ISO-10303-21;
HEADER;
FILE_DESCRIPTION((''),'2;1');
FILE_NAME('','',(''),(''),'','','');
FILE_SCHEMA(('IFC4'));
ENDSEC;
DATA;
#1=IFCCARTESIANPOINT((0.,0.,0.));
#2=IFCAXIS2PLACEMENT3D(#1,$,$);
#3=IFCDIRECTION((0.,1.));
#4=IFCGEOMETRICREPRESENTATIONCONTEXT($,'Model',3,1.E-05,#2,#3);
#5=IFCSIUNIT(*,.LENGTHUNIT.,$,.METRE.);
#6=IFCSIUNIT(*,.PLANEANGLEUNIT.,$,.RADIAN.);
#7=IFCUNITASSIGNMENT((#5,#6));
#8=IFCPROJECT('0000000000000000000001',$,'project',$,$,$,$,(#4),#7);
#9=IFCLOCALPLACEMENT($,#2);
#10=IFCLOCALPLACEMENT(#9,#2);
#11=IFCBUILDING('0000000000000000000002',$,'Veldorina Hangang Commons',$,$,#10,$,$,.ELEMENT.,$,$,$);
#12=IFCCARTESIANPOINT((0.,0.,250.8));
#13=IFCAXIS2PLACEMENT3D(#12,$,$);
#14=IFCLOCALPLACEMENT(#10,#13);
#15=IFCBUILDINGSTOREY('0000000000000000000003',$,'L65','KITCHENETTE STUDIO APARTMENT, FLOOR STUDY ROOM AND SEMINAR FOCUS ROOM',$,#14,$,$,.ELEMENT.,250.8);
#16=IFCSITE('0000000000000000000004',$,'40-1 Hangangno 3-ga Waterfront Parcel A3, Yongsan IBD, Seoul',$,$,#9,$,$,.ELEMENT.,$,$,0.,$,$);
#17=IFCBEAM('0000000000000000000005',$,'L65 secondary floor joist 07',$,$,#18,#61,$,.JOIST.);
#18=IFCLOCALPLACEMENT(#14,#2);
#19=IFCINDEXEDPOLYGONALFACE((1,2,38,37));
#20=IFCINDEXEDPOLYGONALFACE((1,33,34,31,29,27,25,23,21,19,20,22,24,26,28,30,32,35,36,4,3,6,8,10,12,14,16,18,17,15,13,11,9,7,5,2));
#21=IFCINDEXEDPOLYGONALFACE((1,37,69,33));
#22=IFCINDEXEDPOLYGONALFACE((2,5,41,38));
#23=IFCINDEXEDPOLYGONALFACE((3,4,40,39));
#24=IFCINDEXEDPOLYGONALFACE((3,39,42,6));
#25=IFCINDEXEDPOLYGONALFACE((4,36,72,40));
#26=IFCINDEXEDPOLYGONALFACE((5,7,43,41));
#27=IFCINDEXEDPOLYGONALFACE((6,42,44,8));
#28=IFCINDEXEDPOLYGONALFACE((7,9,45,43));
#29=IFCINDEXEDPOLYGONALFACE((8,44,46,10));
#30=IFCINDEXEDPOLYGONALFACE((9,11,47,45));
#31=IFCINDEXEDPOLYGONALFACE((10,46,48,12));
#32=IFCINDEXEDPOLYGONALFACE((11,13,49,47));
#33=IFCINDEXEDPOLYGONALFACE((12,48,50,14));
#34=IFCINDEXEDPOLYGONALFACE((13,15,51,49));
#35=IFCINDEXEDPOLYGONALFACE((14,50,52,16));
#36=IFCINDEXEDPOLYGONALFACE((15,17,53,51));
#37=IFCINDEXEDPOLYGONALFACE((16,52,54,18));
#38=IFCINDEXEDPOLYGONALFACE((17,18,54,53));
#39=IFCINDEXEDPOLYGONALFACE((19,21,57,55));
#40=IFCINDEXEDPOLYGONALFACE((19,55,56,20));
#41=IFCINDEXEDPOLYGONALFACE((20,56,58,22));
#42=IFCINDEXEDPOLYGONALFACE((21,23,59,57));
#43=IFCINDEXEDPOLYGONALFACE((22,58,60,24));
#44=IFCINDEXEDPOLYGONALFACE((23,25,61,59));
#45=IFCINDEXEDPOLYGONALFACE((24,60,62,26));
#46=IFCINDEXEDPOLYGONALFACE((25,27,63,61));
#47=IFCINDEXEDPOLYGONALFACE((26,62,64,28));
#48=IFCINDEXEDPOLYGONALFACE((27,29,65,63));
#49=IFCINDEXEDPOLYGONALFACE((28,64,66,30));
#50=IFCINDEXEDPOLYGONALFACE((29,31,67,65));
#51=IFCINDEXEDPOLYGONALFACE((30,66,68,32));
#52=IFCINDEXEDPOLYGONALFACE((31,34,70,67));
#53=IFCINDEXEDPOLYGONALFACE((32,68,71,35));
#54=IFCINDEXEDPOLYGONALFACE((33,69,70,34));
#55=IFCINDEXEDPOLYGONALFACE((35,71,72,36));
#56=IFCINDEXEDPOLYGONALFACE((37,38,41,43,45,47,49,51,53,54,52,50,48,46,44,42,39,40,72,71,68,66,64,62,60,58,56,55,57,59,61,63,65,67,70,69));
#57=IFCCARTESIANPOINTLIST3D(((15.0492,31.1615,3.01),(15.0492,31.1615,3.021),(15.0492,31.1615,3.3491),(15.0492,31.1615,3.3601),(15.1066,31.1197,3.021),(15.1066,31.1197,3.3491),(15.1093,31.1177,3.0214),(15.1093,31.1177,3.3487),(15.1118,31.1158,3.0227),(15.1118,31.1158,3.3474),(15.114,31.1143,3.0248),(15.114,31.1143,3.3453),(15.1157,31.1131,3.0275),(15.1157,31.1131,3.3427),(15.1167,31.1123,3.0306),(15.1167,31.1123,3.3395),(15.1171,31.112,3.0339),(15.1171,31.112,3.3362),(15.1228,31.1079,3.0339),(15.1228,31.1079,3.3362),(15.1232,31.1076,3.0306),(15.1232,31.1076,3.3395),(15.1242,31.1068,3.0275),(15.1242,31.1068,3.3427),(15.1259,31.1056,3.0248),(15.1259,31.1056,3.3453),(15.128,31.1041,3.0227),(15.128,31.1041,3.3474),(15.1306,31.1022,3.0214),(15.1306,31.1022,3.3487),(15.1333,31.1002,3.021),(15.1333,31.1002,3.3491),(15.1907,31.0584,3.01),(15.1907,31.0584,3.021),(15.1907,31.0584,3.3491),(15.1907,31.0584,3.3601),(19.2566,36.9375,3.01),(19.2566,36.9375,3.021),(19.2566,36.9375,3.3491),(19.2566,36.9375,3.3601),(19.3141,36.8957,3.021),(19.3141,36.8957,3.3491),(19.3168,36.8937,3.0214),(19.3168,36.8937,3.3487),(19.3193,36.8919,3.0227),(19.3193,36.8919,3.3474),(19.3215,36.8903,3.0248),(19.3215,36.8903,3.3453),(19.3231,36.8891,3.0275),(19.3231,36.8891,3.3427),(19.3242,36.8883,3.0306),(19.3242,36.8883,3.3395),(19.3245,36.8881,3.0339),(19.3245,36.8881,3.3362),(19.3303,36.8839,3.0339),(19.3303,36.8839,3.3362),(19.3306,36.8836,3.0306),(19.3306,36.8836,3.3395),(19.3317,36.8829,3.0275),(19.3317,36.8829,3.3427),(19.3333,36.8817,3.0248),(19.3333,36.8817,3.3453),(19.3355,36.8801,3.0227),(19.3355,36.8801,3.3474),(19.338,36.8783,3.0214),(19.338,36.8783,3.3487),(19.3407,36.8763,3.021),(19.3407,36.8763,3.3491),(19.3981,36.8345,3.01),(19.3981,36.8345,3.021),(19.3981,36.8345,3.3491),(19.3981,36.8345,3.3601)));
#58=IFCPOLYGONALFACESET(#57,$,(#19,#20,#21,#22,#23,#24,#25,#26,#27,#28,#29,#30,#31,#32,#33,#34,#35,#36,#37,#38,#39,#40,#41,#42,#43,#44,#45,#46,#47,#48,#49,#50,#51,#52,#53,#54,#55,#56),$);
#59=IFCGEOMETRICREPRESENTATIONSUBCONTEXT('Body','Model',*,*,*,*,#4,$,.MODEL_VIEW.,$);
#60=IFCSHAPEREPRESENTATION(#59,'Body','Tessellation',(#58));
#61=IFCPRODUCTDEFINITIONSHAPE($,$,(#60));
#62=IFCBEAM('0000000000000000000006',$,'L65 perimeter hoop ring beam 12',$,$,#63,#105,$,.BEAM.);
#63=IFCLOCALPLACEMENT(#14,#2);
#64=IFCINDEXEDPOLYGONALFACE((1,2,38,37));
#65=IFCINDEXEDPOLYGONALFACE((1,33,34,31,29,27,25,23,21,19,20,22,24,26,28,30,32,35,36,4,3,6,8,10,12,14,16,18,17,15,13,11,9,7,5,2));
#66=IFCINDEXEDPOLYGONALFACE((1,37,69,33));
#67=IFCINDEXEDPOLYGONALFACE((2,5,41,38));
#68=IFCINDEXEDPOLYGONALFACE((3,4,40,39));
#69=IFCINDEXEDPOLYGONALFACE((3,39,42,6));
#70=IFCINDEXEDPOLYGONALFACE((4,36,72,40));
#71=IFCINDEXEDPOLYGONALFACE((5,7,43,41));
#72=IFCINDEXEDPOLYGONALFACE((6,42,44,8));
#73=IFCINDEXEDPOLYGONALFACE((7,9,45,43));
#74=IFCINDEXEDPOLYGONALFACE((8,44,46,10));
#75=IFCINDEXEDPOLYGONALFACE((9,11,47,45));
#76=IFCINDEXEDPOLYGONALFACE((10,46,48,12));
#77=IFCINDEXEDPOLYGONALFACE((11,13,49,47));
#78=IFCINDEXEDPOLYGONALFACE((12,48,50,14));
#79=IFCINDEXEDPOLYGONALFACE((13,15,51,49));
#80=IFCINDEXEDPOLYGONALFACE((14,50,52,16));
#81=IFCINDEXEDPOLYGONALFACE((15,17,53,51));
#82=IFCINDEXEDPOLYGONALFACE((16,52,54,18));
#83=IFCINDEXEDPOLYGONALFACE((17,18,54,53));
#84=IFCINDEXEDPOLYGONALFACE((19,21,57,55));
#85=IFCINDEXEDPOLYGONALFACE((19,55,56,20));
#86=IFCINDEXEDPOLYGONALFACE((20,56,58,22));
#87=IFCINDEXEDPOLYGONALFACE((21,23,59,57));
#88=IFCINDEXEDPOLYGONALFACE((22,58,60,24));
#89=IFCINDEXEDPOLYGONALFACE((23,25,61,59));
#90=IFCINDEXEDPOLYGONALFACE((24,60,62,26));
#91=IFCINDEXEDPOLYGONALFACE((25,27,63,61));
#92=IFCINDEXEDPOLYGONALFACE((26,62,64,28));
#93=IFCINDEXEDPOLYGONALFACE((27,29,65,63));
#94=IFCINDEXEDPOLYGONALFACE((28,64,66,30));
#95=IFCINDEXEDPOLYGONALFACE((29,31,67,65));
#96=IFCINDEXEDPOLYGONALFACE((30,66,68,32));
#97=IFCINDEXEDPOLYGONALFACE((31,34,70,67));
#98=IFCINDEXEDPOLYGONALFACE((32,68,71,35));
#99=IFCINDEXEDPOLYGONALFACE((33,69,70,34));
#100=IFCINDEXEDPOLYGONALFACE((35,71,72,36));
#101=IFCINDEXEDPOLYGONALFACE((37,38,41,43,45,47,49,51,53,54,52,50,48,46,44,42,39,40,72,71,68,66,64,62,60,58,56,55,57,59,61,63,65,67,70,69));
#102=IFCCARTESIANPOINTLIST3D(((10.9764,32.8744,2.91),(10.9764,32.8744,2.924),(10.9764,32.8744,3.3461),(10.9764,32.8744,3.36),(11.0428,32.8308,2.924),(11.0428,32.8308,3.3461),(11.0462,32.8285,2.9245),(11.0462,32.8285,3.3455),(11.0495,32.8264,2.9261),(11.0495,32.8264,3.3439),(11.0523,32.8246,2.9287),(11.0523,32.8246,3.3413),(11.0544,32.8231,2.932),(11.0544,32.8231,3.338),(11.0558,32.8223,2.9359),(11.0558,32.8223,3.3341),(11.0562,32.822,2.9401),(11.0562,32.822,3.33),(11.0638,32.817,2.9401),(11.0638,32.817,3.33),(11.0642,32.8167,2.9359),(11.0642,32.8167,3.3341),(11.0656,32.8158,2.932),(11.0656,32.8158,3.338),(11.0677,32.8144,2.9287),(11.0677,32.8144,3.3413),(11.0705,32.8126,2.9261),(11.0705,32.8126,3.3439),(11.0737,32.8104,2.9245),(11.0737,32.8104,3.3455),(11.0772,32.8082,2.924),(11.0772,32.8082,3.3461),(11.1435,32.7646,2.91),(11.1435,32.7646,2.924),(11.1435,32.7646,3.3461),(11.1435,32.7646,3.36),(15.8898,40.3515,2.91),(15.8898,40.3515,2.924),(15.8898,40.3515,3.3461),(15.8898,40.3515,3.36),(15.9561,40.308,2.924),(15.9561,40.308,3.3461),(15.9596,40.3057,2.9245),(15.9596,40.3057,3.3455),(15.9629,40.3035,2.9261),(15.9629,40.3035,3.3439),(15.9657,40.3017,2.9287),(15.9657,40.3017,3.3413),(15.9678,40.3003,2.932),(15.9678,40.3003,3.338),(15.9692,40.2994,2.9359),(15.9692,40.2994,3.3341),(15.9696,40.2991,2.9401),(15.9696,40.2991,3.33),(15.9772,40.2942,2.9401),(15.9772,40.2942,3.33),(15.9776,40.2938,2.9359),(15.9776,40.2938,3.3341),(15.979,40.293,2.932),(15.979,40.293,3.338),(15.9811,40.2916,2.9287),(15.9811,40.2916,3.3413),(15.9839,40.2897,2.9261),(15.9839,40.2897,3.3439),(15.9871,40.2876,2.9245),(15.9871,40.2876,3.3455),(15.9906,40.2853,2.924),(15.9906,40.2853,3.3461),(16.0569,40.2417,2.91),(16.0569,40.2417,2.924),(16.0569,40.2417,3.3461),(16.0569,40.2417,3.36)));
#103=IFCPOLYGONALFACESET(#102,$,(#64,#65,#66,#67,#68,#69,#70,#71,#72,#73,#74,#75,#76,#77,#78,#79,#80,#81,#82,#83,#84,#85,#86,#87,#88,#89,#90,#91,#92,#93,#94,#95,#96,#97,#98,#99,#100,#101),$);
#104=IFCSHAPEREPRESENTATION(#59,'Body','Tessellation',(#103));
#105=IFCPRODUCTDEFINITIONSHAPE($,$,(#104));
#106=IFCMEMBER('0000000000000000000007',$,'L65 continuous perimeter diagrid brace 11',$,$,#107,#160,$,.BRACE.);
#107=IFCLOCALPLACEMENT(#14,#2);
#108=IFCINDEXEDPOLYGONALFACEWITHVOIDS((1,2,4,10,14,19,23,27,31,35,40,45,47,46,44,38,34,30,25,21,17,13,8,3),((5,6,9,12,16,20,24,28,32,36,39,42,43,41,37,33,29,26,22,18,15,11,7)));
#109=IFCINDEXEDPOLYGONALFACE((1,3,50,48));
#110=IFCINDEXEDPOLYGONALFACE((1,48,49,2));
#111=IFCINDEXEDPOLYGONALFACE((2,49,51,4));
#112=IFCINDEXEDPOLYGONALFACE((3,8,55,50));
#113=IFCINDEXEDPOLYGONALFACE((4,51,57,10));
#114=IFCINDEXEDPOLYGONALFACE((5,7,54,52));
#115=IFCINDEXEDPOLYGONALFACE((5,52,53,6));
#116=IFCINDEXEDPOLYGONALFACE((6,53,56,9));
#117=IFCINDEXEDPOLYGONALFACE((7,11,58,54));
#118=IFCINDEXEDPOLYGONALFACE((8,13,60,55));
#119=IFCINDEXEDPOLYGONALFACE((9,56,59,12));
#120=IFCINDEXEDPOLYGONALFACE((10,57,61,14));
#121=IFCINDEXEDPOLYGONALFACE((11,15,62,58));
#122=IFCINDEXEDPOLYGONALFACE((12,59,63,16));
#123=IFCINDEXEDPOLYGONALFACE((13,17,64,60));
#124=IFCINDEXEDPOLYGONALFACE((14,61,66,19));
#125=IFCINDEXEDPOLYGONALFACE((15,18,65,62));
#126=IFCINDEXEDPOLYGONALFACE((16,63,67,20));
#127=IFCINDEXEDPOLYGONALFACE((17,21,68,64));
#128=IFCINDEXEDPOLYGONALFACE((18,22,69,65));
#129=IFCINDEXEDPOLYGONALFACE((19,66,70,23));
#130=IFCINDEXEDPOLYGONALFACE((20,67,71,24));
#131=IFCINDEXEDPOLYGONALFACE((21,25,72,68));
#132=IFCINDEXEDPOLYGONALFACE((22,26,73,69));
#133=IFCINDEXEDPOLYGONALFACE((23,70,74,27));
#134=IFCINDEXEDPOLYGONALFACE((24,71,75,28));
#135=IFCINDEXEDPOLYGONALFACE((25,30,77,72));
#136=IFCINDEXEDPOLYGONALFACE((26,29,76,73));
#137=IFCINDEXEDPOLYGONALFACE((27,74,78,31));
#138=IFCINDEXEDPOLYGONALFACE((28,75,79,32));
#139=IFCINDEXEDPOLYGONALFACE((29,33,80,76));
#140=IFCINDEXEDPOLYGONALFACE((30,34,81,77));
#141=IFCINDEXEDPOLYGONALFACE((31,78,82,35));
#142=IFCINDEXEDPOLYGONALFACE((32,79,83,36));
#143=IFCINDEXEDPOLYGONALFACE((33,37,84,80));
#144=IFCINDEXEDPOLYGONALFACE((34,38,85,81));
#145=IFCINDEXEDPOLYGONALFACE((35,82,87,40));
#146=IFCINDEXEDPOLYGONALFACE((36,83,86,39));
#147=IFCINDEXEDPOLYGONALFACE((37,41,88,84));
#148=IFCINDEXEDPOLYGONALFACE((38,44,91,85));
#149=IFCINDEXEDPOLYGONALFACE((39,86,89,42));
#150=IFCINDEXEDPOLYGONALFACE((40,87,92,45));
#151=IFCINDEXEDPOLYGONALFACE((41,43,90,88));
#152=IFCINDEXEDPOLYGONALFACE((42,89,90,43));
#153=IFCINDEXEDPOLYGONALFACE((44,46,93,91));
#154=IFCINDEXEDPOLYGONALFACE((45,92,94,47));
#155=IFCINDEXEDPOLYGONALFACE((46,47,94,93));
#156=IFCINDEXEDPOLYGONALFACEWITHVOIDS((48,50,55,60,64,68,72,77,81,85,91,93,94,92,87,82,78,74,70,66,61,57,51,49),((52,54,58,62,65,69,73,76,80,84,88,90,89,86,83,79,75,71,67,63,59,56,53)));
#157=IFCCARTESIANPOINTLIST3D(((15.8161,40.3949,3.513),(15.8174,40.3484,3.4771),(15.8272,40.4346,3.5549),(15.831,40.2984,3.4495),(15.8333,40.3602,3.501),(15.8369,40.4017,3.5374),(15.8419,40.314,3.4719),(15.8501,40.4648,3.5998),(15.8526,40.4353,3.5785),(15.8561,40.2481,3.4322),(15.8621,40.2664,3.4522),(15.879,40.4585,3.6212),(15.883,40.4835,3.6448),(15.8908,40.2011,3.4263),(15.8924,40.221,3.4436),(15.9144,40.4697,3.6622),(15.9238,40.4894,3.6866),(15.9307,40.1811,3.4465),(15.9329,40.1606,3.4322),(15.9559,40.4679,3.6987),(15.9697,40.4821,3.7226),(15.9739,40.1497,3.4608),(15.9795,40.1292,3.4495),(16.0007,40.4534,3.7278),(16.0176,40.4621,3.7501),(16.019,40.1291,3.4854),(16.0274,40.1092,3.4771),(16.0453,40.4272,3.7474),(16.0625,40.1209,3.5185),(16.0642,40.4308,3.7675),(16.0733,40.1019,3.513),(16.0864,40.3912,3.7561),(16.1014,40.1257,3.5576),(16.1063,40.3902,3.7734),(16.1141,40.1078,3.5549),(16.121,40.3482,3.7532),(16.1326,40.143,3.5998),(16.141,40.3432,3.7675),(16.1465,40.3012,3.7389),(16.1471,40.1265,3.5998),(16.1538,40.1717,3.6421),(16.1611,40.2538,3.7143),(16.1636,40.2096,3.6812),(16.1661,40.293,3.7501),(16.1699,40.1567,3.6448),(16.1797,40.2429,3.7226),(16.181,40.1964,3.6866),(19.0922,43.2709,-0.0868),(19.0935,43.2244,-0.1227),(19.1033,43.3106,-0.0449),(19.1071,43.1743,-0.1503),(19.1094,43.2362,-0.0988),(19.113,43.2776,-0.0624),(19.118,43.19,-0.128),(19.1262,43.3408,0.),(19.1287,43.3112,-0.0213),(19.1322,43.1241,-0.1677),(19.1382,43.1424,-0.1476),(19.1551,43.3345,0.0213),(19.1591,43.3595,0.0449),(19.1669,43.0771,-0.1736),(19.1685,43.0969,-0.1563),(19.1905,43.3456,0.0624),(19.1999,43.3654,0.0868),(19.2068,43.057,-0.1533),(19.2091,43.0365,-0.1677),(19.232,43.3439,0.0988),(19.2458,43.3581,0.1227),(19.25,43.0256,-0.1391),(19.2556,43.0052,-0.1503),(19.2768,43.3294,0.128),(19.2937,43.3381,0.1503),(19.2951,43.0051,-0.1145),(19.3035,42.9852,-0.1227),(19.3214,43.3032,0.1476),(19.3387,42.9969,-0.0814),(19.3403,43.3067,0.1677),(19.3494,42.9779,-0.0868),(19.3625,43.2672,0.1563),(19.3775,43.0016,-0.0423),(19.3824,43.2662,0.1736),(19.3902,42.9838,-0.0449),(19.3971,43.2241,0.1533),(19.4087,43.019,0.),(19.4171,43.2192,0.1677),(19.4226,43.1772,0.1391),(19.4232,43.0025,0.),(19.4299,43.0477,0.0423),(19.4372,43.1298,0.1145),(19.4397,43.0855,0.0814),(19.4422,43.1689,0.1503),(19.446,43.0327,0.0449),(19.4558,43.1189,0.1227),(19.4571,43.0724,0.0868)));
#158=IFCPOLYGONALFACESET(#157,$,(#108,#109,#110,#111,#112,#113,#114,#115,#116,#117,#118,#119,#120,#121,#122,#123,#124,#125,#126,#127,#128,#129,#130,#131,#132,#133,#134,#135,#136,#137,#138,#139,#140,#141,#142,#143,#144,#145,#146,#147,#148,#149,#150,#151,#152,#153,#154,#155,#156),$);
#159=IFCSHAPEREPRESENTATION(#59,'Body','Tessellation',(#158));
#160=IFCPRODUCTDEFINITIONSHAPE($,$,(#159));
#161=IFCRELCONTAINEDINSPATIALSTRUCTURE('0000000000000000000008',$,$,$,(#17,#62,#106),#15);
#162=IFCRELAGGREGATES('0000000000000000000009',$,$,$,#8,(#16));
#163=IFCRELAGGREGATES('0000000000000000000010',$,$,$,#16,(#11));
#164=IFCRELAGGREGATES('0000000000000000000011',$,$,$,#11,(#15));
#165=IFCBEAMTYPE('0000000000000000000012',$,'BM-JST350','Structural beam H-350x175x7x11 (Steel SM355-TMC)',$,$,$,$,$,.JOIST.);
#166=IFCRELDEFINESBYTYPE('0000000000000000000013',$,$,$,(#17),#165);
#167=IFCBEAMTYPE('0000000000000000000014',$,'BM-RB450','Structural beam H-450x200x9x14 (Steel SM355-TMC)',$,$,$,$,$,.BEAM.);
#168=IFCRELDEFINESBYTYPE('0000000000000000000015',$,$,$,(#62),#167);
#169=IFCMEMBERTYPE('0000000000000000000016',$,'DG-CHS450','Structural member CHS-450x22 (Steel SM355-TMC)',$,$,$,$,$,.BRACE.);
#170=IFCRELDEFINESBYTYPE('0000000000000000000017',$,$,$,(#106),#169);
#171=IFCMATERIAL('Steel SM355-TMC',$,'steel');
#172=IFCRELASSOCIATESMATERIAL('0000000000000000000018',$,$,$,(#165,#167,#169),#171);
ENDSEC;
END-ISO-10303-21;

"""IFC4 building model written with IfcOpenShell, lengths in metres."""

from ifc_helpers import new_model, si_unit, direction, frame, origin, origin_2d, place, context, subcontext, project, spatial, hollow_circle, i_section, extrude, material, material_profile, profile_set, type_object, element, save


model = new_model("IFC4")

# Units and contexts
model_context = context("Model", 3, precision=1e-05, world=origin(), true_north=direction((0.0, 1.0)))
body_context = subcontext(model_context, "Body", "Model", "MODEL_VIEW")
ifc_project = project(units=[si_unit("LENGTHUNIT", "METRE"), si_unit("PLANEANGLEUNIT", "RADIAN")], contexts=[model_context])

# Site, building, storey
site_placement = place(None, origin())
site = spatial("IfcSite", under=ifc_project, at=site_placement, Name="40-1 Hangangno 3-ga Waterfront Parcel A3, Yongsan IBD, Seoul", CompositionType="ELEMENT", RefElevation=0.0)
building_placement = place(site_placement, origin())
building = spatial("IfcBuilding", under=site, at=building_placement, Name="Veldorina Hangang Commons", CompositionType="ELEMENT")
storey_placement = place(building_placement, frame((0.0, 0.0, 250.8)))
storey = spatial("IfcBuildingStorey", under=building, at=storey_placement, Name="L65", Description="KITCHENETTE STUDIO APARTMENT, FLOOR STUDY ROOM AND SEMINAR FOCUS ROOM", CompositionType="ELEMENT", Elevation=250.8)

# Beams
ifc_material_1 = material(Name="Steel SM355-TMC", Category="steel")
ifc_material_profile_1 = material_profile(ifc_material_1, i_section(OverallWidth=0.175, OverallDepth=0.3501, WebThickness=0.0071, FlangeThickness=0.011, FilletRadius=0.0129, at=origin_2d()), Name="H-350x175x7x11")
ifc_profile_set_1 = profile_set([ifc_material_profile_1], Name="Steel SM355-TMC")
beam_type_1 = type_object("IfcBeamType", Name="BM-JST350", Description="Structural beam H-350x175x7x11 (Steel SM355-TMC)", PredefinedType="JOIST", material=ifc_profile_set_1)
beam_1_placement = place(storey_placement, frame((19.3274, 36.886, 3.1851), z_axis=(-0.588785, -0.80829, 0.0), x_axis=(0.80829, -0.588785, 0.0)))
element("IfcBeam", 1, at=beam_1_placement, inside=storey, type_object=beam_type_1, Name="L65 secondary floor joist 07", PredefinedType="JOIST", context=body_context, shape_type="SweptSolid", body=[
    extrude(i_section(OverallWidth=0.175, OverallDepth=0.3501, WebThickness=0.0071, FlangeThickness=0.011, FilletRadius=0.0129, at=origin_2d()), origin(), (0.0, 0.0, 1.0), 7.146),
])
ifc_material_profile_2 = material_profile(ifc_material_1, i_section(OverallWidth=0.2, OverallDepth=0.45, WebThickness=0.009, FlangeThickness=0.0139, FilletRadius=0.0161, at=origin_2d()), Name="H-450x200x9x14")
ifc_profile_set_2 = profile_set([ifc_material_profile_2], Name="Steel SM355-TMC")
beam_type_2 = type_object("IfcBeamType", Name="BM-RB450", Description="Structural beam H-450x200x9x14 (Steel SM355-TMC)", PredefinedType="BEAM", material=ifc_profile_set_2)
beam_2_placement = place(storey_placement, frame((15.9734, 40.2966, 3.135), z_axis=(-0.549165, -0.835714, 0.0), x_axis=(0.835714, -0.549165, 0.0)))
element("IfcBeam", 2, at=beam_2_placement, inside=storey, type_object=beam_type_2, Name="L65 perimeter hoop ring beam 12", PredefinedType="BEAM", context=body_context, shape_type="SweptSolid", body=[
    extrude(i_section(OverallWidth=0.2, OverallDepth=0.45, WebThickness=0.009, FlangeThickness=0.0139, FilletRadius=0.0161, at=origin_2d()), origin(), (0.0, 0.0, 1.0), 8.947),
])

# Member
ifc_material_profile_3 = material_profile(ifc_material_1, hollow_circle(Radius=0.2251, WallThickness=0.022, at=origin_2d()), Name="CHS-450x22")
ifc_profile_set_3 = profile_set([ifc_material_profile_3], Name="Steel SM355-TMC")
member_type_1 = type_object("IfcMemberType", Name="DG-CHS450", Description="Structural member CHS-450x22 (Steel SM355-TMC)", PredefinedType="BRACE", material=ifc_profile_set_3)
member_1_placement = place(storey_placement, frame((19.2747, 43.1716, 0.0), z_axis=(-0.579476, -0.508698, 0.636737), x_axis=(0.659721, -0.751511, 0.0)))
element("IfcMember", 3, at=member_1_placement, inside=storey, type_object=member_type_1, Name="L65 continuous perimeter diagrid brace 11", PredefinedType="BRACE", context=body_context, shape_type="SweptSolid", body=[
    extrude(hollow_circle(Radius=0.2251, WallThickness=0.022, at=origin_2d()), origin(), (0.0, 0.0, 1.0), 5.6536),
])

save(model, "model.ifc")
